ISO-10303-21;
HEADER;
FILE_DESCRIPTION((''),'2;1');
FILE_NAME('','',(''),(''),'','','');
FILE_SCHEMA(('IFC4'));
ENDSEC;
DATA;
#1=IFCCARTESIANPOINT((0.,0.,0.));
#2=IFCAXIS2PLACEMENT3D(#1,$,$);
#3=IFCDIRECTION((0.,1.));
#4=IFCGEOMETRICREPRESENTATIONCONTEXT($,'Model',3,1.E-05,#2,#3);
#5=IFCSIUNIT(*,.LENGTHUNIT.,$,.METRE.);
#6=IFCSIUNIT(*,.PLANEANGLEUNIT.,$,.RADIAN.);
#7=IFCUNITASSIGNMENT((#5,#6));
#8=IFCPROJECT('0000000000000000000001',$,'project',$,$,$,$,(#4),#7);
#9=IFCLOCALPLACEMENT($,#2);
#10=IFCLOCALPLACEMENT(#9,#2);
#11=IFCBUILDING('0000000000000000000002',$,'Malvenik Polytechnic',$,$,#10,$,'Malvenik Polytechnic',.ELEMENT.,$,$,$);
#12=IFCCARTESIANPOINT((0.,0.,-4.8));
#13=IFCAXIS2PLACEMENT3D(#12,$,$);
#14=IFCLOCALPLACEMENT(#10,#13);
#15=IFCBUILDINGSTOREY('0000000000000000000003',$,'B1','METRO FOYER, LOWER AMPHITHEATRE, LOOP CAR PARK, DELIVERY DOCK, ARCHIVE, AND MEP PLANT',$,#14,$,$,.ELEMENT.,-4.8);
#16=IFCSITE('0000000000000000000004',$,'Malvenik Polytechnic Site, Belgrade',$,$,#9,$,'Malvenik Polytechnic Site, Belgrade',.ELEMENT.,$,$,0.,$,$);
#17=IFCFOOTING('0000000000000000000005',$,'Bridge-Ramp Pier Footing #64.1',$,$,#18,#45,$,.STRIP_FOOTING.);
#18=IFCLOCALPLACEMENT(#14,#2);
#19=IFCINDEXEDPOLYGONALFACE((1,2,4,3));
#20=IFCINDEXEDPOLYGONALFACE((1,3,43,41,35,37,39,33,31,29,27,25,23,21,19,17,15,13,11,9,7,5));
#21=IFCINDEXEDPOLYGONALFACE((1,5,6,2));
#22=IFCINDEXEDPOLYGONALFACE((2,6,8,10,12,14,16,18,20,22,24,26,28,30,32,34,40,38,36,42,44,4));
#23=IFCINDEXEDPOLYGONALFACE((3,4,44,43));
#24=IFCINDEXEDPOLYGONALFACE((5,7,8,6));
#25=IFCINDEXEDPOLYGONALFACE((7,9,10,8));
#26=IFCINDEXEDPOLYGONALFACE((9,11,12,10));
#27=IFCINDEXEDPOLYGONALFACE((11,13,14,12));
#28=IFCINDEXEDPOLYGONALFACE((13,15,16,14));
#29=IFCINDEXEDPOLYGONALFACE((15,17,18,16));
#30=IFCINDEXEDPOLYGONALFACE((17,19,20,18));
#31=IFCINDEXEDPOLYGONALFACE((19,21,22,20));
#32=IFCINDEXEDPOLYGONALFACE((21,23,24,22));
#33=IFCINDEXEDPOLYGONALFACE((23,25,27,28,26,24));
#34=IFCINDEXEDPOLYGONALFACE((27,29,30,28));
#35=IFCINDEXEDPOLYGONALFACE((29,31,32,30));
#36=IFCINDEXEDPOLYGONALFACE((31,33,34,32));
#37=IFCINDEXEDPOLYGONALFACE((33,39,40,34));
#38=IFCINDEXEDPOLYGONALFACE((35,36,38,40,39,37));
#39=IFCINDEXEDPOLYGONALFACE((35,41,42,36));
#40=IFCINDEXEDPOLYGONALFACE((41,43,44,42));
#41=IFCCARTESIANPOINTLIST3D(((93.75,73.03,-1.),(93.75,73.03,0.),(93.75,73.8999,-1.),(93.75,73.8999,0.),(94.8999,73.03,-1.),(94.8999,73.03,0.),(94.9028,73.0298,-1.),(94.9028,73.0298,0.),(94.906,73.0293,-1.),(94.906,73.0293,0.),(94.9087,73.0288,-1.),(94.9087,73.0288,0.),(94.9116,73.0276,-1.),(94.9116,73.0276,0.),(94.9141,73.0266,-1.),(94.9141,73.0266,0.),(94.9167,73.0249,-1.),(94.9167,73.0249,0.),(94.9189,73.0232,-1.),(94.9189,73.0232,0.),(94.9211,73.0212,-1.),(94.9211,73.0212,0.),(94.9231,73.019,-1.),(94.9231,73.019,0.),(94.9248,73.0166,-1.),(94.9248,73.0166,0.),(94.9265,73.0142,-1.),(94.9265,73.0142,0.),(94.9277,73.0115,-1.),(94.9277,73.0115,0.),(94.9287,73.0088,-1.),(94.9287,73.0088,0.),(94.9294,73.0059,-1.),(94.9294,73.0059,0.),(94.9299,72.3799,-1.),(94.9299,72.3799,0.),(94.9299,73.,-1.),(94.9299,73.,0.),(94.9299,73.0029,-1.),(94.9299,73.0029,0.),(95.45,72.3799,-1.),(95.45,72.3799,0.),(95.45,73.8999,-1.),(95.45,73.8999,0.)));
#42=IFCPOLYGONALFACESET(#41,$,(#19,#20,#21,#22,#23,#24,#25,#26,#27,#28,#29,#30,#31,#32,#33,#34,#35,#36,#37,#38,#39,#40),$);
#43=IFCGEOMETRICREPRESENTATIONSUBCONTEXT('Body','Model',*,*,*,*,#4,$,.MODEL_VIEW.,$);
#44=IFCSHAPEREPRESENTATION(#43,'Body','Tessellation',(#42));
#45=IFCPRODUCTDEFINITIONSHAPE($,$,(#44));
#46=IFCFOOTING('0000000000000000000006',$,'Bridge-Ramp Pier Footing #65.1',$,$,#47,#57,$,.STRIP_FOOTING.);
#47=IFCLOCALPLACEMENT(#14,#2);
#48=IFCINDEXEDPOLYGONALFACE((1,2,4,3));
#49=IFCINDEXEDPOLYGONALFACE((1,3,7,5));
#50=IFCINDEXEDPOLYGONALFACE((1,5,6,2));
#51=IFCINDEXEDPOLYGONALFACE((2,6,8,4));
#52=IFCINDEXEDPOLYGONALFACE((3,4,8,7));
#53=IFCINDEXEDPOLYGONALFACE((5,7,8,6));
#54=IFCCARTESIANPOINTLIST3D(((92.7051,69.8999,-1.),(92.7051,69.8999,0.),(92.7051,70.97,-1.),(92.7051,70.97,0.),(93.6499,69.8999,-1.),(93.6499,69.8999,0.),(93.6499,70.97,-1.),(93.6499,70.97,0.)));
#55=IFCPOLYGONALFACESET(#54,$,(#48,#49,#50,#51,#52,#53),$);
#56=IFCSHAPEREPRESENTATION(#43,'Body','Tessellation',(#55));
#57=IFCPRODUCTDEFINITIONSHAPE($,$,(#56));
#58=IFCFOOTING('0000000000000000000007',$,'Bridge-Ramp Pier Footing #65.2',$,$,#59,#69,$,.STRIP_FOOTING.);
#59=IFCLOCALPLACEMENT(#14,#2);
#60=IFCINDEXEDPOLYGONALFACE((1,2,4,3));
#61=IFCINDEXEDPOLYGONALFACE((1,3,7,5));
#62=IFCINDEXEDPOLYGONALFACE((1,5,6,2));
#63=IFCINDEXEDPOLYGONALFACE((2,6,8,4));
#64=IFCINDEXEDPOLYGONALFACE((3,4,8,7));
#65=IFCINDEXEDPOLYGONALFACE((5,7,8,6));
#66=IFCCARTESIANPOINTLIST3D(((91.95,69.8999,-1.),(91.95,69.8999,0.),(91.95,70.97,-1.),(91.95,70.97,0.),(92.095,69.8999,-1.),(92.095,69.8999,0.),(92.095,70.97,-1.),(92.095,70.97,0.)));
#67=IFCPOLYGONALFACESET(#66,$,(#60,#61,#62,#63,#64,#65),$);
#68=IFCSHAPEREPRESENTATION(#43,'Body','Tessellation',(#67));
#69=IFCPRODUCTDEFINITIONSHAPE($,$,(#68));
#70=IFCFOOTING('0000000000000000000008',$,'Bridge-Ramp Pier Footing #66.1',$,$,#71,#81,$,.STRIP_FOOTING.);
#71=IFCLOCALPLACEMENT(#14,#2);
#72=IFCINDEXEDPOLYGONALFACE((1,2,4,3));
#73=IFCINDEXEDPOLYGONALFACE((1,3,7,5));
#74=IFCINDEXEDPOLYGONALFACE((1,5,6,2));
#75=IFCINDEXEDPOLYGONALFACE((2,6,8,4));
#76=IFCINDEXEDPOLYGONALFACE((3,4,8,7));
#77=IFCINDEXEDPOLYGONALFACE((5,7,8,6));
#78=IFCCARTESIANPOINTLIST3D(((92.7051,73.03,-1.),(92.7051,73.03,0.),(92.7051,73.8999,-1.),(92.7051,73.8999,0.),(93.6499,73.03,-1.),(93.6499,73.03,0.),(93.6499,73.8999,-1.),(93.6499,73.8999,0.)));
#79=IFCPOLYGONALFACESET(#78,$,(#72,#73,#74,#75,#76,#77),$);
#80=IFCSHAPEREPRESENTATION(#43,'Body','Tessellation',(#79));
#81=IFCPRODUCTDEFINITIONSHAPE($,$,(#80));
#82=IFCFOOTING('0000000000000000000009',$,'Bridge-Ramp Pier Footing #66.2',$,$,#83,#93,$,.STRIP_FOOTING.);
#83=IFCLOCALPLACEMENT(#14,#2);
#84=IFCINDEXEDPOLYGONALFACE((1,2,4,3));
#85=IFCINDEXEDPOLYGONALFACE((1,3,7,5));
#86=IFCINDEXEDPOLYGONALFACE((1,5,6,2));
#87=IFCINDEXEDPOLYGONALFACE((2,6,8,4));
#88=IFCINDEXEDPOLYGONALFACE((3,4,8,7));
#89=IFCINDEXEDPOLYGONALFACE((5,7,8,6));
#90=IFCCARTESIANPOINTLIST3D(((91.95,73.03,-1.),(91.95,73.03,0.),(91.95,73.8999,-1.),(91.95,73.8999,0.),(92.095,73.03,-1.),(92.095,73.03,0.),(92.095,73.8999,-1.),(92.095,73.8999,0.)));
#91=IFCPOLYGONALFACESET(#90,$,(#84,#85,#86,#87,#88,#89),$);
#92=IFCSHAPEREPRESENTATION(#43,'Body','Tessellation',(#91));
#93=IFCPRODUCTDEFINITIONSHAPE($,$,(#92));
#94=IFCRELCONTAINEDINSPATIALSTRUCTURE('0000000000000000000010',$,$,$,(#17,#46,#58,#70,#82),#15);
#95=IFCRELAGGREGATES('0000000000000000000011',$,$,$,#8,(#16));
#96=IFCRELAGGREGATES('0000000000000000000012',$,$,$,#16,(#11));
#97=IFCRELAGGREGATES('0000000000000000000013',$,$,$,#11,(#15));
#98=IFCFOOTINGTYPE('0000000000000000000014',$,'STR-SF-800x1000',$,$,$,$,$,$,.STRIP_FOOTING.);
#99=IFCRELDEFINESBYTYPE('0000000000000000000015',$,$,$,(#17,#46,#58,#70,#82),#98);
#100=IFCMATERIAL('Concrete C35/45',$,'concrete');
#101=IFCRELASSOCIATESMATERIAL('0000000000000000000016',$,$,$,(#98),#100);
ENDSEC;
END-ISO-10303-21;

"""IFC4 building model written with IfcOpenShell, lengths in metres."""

from ifc_helpers import new_model, si_unit, direction, frame, origin, place, context, subcontext, project, spatial, polyline, outline, extrude, material, type_object, element, save


model = new_model("IFC4")

# Units and contexts
model_context = context("Model", 3, precision=1e-05, world=origin(), true_north=direction((0.0, 1.0)))
body_context = subcontext(model_context, "Body", "Model", "MODEL_VIEW")
ifc_project = project(units=[si_unit("LENGTHUNIT", "METRE"), si_unit("PLANEANGLEUNIT", "RADIAN")], contexts=[model_context])

# Site, building, storey
site_placement = place(None, origin())
site = spatial("IfcSite", under=ifc_project, at=site_placement, Name="Malvenik Polytechnic Site, Belgrade", LongName="Malvenik Polytechnic Site, Belgrade", CompositionType="ELEMENT", RefElevation=0.0)
building_placement = place(site_placement, origin())
building = spatial("IfcBuilding", under=site, at=building_placement, Name="Malvenik Polytechnic", LongName="Malvenik Polytechnic", CompositionType="ELEMENT")
storey_placement = place(building_placement, frame((0.0, 0.0, -4.8)))
storey = spatial("IfcBuildingStorey", under=building, at=storey_placement, Name="B1", Description="METRO FOYER, LOWER AMPHITHEATRE, LOOP CAR PARK, DELIVERY DOCK, ARCHIVE, AND MEP PLANT", CompositionType="ELEMENT", Elevation=-4.8)

# Footings
ifc_material = material(Name="Concrete C35/45", Category="concrete")
footing_type = type_object("IfcFootingType", Name="STR-SF-800x1000", PredefinedType="STRIP_FOOTING", material=ifc_material)
footing_1_placement = place(storey_placement, frame((0.0, 0.0, -1.0)))
element("IfcFooting", 1, at=footing_1_placement, inside=storey, type_object=footing_type, Name="Bridge-Ramp Pier Footing #64.1", PredefinedType="STRIP_FOOTING", context=body_context, shape_type="SweptSolid", body=[
    extrude(outline(polyline([(93.75, 73.8999), (95.45, 73.8999), (95.45, 72.3799), (94.9299, 72.3799), (94.9299, 73.0), (94.9299, 73.0029), (94.9294, 73.0059), (94.9287, 73.0088), (94.9277, 73.0115), (94.9265, 73.0142), (94.9248, 73.0166), (94.9231, 73.019), (94.9211, 73.0212), (94.9189, 73.0232), (94.9167, 73.0249), (94.9141, 73.0266), (94.9116, 73.0276), (94.9087, 73.0288), (94.906, 73.0293), (94.9028, 73.0298), (94.8999, 73.03), (93.75, 73.03), (93.75, 73.8999)])), origin(), (0.0, 0.0, 1.0), 1.0),
])
footing_2_placement = place(storey_placement, frame((0.0, 0.0, -1.0)))
element("IfcFooting", 2, at=footing_2_placement, inside=storey, type_object=footing_type, Name="Bridge-Ramp Pier Footing #65.1", PredefinedType="STRIP_FOOTING", context=body_context, shape_type="SweptSolid", body=[
    extrude(outline(polyline([(93.6499, 69.8999), (92.7051, 69.8999), (92.7051, 70.97), (93.6499, 70.97), (93.6499, 69.8999)])), origin(), (0.0, 0.0, 1.0), 1.0),
])
footing_3_placement = place(storey_placement, frame((0.0, 0.0, -1.0)))
element("IfcFooting", 3, at=footing_3_placement, inside=storey, type_object=footing_type, Name="Bridge-Ramp Pier Footing #65.2", PredefinedType="STRIP_FOOTING", context=body_context, shape_type="SweptSolid", body=[
    extrude(outline(polyline([(91.95, 69.8999), (91.95, 70.97), (92.095, 70.97), (92.095, 69.8999), (91.95, 69.8999)])), origin(), (0.0, 0.0, 1.0), 1.0),
])
footing_4_placement = place(storey_placement, frame((0.0, 0.0, -1.0)))
element("IfcFooting", 4, at=footing_4_placement, inside=storey, type_object=footing_type, Name="Bridge-Ramp Pier Footing #66.1", PredefinedType="STRIP_FOOTING", context=body_context, shape_type="SweptSolid", body=[
    extrude(outline(polyline([(93.6499, 73.8999), (93.6499, 73.03), (92.7051, 73.03), (92.7051, 73.8999), (93.6499, 73.8999)])), origin(), (0.0, 0.0, 1.0), 1.0),
])
footing_5_placement = place(storey_placement, frame((0.0, 0.0, -1.0)))
element("IfcFooting", 5, at=footing_5_placement, inside=storey, type_object=footing_type, Name="Bridge-Ramp Pier Footing #66.2", PredefinedType="STRIP_FOOTING", context=body_context, shape_type="SweptSolid", body=[
    extrude(outline(polyline([(91.95, 73.8999), (92.095, 73.8999), (92.095, 73.03), (91.95, 73.03), (91.95, 73.8999)])), origin(), (0.0, 0.0, 1.0), 1.0),
])

save(model, "model.ifc")
